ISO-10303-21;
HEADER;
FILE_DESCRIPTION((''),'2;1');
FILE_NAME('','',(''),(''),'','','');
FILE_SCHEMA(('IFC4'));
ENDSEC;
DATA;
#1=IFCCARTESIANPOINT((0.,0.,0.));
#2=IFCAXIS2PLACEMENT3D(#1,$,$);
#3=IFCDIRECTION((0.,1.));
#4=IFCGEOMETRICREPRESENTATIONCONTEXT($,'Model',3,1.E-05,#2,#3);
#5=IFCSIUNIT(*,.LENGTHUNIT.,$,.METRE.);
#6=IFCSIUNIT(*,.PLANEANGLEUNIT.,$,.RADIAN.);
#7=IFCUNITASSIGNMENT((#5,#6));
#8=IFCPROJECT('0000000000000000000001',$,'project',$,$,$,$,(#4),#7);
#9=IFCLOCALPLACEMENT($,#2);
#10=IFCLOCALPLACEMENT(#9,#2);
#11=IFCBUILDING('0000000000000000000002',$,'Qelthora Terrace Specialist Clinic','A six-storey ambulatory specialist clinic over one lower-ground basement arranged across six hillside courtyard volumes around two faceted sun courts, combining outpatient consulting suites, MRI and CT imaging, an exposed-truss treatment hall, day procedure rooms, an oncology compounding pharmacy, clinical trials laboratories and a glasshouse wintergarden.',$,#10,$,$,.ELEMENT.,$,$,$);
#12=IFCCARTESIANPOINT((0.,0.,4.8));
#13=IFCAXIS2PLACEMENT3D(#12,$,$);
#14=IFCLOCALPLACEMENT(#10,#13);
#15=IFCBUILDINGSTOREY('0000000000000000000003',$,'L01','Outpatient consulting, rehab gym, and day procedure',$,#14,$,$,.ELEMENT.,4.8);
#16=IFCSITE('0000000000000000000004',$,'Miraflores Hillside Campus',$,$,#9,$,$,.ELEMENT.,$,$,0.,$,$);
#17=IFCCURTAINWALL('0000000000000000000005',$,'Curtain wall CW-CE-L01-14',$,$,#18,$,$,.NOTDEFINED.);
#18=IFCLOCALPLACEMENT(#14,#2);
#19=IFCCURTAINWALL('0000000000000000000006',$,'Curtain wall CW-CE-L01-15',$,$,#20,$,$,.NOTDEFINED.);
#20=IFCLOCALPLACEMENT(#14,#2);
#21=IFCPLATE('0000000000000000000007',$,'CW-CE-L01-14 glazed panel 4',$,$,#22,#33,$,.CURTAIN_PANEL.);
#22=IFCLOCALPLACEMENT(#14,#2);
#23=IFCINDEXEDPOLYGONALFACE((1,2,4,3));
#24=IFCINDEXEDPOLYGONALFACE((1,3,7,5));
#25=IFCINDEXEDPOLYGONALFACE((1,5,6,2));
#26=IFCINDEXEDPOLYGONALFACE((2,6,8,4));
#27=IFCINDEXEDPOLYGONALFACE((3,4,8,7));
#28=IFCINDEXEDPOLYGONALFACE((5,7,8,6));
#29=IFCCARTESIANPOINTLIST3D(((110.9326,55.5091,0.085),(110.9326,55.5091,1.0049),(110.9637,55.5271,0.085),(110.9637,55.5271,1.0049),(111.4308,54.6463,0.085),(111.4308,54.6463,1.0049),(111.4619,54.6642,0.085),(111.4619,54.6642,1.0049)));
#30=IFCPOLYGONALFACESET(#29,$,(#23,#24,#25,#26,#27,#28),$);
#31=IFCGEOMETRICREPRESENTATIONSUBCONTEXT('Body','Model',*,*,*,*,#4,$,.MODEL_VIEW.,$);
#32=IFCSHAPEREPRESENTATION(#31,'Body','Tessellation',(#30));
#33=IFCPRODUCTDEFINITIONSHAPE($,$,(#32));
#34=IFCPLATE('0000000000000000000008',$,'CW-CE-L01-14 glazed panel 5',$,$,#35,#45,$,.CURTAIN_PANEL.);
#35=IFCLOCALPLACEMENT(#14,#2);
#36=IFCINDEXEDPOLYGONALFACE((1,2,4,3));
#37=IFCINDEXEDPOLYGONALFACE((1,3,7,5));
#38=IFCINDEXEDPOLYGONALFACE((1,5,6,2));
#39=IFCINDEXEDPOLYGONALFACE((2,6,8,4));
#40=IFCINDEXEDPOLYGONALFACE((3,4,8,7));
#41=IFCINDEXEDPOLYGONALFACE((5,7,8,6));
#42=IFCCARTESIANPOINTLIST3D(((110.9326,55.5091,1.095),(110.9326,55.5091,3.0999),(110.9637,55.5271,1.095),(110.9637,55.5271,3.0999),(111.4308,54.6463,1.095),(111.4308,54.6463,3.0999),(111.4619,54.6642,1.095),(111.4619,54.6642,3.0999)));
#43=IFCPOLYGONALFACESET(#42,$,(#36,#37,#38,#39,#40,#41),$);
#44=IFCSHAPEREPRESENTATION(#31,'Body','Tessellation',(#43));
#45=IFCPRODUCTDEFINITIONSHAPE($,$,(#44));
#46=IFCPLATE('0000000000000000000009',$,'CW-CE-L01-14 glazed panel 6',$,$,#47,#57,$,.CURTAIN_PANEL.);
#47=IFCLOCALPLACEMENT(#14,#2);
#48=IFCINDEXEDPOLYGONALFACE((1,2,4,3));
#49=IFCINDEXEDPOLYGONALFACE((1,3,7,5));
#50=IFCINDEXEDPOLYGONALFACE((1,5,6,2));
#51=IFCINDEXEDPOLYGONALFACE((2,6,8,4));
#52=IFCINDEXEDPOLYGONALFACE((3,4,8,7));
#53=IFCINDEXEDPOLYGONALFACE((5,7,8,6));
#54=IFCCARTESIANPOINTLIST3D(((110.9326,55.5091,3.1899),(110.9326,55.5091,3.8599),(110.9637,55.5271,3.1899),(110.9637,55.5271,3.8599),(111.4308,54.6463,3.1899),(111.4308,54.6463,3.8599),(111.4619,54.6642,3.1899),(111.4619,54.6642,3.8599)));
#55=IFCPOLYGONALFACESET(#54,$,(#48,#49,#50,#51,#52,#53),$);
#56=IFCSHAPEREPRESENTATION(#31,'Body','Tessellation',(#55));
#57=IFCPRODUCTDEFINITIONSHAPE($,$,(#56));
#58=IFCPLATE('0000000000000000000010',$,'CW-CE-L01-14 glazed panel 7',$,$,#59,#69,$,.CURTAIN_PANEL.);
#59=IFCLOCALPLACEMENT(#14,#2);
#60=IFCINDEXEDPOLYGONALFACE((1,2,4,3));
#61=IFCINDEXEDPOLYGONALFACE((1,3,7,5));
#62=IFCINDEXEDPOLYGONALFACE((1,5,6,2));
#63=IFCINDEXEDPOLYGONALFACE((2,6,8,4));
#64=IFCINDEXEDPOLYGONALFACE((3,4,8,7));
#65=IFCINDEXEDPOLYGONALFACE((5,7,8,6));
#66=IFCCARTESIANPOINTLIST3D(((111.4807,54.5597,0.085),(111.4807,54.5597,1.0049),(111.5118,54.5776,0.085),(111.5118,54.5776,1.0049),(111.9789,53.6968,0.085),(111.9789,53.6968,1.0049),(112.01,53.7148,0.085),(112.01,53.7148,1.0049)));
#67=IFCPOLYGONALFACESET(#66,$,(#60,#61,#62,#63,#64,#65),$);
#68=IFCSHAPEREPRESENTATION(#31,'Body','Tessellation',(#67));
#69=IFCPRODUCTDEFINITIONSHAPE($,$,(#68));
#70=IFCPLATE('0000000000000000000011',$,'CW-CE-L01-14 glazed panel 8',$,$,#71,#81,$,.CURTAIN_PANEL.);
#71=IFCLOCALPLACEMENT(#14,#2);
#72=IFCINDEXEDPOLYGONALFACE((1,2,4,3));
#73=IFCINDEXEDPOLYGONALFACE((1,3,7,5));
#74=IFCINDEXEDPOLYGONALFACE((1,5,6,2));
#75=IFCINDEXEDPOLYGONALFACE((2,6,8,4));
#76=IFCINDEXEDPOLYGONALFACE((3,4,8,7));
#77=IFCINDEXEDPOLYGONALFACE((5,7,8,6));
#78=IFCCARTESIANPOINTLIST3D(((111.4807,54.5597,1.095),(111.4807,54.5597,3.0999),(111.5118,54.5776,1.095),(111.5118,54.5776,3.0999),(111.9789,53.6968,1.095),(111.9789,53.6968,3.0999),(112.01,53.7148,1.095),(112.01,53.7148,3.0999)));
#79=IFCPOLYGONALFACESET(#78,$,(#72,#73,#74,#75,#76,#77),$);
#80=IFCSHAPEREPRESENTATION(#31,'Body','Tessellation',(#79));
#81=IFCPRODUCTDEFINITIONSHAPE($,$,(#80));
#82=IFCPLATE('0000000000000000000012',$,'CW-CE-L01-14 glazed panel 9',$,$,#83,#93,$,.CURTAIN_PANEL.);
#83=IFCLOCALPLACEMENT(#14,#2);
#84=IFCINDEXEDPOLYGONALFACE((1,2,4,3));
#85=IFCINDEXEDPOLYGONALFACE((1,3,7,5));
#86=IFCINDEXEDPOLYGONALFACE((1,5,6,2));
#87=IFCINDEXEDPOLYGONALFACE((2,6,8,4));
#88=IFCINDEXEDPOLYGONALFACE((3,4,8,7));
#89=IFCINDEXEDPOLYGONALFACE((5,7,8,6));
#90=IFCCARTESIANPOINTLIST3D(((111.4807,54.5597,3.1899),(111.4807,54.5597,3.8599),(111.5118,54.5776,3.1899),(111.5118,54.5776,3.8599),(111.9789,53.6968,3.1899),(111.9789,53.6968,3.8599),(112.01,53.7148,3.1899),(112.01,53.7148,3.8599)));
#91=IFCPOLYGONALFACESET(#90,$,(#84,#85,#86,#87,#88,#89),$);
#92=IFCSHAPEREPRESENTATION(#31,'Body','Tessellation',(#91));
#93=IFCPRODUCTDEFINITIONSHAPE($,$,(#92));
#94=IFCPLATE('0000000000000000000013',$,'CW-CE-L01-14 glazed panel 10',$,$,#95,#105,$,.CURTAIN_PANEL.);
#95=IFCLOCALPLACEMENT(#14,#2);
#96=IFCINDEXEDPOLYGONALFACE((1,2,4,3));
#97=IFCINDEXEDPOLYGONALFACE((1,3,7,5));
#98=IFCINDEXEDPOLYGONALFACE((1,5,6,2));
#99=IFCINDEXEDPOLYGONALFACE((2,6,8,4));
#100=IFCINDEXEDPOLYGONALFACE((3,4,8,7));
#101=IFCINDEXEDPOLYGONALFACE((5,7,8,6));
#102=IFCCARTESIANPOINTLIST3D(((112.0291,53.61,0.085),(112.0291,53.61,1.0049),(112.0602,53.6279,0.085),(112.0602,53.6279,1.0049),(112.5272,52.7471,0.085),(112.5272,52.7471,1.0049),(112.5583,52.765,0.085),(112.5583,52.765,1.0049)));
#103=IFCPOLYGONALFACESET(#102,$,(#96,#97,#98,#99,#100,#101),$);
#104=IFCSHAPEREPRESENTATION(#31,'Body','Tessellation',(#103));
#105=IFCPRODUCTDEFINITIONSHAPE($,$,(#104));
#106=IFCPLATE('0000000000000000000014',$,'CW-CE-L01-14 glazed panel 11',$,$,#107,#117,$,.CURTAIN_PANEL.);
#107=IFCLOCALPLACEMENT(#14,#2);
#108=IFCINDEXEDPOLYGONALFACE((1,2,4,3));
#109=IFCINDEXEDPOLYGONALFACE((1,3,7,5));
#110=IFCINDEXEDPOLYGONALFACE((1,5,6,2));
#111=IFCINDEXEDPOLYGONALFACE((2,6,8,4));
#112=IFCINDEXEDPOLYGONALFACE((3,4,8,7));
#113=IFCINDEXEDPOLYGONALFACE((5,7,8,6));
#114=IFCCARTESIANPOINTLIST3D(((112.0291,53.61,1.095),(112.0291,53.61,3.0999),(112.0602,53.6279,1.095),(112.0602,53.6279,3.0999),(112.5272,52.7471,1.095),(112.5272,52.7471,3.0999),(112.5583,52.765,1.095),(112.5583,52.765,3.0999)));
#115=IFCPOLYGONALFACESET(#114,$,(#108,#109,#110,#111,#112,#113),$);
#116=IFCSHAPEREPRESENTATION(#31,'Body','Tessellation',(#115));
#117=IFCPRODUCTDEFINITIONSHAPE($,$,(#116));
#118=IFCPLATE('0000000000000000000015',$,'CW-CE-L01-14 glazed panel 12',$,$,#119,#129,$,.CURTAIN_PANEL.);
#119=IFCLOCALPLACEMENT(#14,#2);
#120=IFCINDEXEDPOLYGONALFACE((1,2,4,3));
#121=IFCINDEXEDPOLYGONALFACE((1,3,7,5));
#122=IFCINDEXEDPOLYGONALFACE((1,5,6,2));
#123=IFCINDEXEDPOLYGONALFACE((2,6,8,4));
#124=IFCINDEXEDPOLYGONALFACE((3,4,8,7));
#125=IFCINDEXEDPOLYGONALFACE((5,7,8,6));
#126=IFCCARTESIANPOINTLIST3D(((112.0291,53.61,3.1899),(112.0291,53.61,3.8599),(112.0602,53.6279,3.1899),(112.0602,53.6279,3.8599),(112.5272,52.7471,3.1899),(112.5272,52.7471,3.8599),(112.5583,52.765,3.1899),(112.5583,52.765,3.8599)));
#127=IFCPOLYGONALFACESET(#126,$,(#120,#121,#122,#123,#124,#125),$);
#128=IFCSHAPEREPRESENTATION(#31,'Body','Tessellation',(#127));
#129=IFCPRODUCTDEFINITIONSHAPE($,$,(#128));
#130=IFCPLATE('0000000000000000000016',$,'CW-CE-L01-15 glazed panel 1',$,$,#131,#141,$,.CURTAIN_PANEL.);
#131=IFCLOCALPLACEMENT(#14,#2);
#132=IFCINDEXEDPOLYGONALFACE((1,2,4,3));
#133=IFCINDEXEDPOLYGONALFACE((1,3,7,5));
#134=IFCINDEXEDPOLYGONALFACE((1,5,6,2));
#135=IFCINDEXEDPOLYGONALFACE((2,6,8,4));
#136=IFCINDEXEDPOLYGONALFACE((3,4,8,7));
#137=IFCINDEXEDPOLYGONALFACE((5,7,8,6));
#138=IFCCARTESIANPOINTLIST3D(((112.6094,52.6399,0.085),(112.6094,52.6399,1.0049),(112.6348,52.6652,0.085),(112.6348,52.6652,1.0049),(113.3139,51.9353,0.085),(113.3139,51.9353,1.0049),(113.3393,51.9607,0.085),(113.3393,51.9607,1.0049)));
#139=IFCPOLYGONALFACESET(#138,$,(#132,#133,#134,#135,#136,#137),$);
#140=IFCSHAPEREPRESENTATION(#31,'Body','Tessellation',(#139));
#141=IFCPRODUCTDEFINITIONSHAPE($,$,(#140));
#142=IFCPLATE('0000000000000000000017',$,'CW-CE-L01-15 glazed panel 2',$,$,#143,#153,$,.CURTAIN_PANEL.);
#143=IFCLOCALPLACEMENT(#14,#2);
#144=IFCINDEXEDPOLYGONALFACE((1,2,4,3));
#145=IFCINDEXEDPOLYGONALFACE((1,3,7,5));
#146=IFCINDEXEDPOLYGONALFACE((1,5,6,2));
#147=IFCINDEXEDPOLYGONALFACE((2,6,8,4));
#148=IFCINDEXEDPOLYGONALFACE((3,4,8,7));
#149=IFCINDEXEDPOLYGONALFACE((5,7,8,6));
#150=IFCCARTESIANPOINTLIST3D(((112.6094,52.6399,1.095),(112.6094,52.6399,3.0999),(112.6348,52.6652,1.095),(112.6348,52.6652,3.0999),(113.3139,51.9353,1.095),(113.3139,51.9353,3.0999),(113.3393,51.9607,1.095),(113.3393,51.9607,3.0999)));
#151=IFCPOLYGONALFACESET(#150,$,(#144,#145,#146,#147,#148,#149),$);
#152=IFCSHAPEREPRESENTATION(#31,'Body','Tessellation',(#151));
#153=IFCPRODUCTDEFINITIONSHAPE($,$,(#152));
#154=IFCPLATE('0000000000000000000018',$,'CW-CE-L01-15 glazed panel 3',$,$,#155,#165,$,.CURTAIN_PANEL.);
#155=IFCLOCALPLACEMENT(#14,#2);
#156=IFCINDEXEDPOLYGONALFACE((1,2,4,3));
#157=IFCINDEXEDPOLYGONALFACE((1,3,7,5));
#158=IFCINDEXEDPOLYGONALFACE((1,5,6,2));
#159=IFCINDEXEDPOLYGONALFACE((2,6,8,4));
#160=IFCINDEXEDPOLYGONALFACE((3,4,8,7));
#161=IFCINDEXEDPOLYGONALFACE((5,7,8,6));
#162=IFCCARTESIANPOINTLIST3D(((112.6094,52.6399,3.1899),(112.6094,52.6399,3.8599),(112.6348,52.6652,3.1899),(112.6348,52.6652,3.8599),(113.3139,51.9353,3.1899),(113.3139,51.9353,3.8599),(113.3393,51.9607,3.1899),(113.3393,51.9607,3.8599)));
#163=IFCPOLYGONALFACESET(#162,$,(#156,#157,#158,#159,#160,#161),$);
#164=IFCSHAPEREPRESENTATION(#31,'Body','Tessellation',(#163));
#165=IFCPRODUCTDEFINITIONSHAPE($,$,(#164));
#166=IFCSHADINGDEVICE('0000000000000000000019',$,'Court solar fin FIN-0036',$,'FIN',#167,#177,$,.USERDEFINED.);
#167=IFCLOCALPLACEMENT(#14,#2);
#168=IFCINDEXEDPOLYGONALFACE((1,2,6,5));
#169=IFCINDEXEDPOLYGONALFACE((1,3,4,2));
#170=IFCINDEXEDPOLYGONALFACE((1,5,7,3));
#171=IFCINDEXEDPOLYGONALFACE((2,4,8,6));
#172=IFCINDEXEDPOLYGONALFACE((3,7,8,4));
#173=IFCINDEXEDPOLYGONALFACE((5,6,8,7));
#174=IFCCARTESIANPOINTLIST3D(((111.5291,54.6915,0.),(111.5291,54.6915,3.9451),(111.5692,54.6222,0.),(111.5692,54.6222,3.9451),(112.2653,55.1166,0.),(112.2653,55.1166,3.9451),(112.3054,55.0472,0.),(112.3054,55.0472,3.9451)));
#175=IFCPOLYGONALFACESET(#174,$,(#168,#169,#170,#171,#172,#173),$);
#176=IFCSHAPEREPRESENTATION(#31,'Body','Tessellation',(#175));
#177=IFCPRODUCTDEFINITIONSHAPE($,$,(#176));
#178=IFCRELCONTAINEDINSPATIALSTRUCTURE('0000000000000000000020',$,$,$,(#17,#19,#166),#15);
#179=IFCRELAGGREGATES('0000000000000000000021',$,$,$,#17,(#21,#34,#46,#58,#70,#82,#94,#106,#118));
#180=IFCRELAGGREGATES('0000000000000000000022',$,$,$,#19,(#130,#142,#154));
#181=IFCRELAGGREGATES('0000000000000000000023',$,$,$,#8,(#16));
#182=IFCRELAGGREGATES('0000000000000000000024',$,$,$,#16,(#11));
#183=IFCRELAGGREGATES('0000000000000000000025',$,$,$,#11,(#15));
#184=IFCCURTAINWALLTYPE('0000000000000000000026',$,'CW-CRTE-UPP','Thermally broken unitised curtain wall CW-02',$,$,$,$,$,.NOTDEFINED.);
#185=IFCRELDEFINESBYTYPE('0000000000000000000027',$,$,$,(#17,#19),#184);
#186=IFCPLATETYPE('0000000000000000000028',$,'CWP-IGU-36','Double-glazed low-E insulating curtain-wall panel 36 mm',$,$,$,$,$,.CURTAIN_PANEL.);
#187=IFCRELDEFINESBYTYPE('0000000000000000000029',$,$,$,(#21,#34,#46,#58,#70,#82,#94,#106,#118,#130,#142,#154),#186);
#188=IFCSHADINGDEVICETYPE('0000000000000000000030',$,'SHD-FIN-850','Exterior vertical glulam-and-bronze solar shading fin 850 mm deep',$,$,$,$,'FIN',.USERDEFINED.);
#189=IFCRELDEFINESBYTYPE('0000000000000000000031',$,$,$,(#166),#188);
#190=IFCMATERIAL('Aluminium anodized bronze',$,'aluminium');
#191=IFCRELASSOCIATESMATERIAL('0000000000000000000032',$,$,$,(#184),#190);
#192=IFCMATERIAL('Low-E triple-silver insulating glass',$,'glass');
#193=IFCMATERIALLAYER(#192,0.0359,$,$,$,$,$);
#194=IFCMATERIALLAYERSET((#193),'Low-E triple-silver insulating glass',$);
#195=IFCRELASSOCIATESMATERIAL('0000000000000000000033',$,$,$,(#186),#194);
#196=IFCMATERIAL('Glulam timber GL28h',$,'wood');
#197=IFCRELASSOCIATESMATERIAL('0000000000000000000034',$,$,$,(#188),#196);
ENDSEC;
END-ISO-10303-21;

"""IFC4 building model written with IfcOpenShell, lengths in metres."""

from ifc_helpers import new_model, si_unit, direction, frame, origin, origin_2d, place, context, subcontext, project, spatial, rectangle, extrude, material, layer, layer_set, type_object, element, aggregate, save


model = new_model("IFC4")

# Units and contexts
model_context = context("Model", 3, precision=1e-05, world=origin(), true_north=direction((0.0, 1.0)))
body_context = subcontext(model_context, "Body", "Model", "MODEL_VIEW")
ifc_project = project(units=[si_unit("LENGTHUNIT", "METRE"), si_unit("PLANEANGLEUNIT", "RADIAN")], contexts=[model_context])

# Site, building, storey
site_placement = place(None, origin())
site = spatial("IfcSite", under=ifc_project, at=site_placement, Name="Miraflores Hillside Campus", CompositionType="ELEMENT", RefElevation=0.0)
building_placement = place(site_placement, origin())
building = spatial("IfcBuilding", under=site, at=building_placement, Name="Qelthora Terrace Specialist Clinic", Description="A six-storey ambulatory specialist clinic over one lower-ground basement arranged across six hillside courtyard volumes around two faceted sun courts, combining outpatient consulting suites, MRI and CT imaging, an exposed-truss treatment hall, day procedure rooms, an oncology compounding pharmacy, clinical trials laboratories and a glasshouse wintergarden.", CompositionType="ELEMENT")
storey_placement = place(building_placement, frame((0.0, 0.0, 4.8)))
storey = spatial("IfcBuildingStorey", under=building, at=storey_placement, Name="L01", Description="Outpatient consulting, rehab gym, and day procedure", CompositionType="ELEMENT", Elevation=4.8)

# Curtain wall
ifc_material_1 = material(Name="Aluminium anodized bronze", Category="aluminium")
curtain_wall_type = type_object("IfcCurtainWallType", Name="CW-CRTE-UPP", Description="Thermally broken unitised curtain wall CW-02", PredefinedType="NOTDEFINED", material=ifc_material_1)
curtain_wall_1_placement = place(storey_placement, origin())
curtain_wall_1 = element("IfcCurtainWall", 1, at=curtain_wall_1_placement, inside=storey, type_object=curtain_wall_type, Name="Curtain wall CW-CE-L01-14", PredefinedType="NOTDEFINED")

# Curtain wall
curtain_wall_2_placement = place(storey_placement, origin())
curtain_wall_2 = element("IfcCurtainWall", 2, at=curtain_wall_2_placement, inside=storey, type_object=curtain_wall_type, Name="Curtain wall CW-CE-L01-15", PredefinedType="NOTDEFINED")

# Plates
ifc_material_2 = material(Name="Low-E triple-silver insulating glass", Category="glass")
ifc_layer = layer(ifc_material_2, 0.0359)
ifc_layer_set = layer_set([ifc_layer], Name="Low-E triple-silver insulating glass")
plate_type = type_object("IfcPlateType", Name="CWP-IGU-36", Description="Double-glazed low-E insulating curtain-wall panel 36 mm", PredefinedType="CURTAIN_PANEL", material=ifc_layer_set)
plate_1_placement = place(storey_placement, frame((111.1973, 55.0867, 0.085), z_axis=(0.0, 0.0, 1.0), x_axis=(0.5, -0.866025, 0.0)))
plate_1 = element("IfcPlate", 3, at=plate_1_placement, type_object=plate_type, Name="CW-CE-L01-14 glazed panel 4", PredefinedType="CURTAIN_PANEL", context=body_context, shape_type="SweptSolid", body=[
    extrude(rectangle(XDim=0.9963, YDim=0.0359, at=origin_2d()), origin(), (0.0, 0.0, 1.0), 0.9199),
])
plate_2_placement = place(storey_placement, frame((111.1973, 55.0867, 1.095), z_axis=(0.0, 0.0, 1.0), x_axis=(0.5, -0.866025, 0.0)))
plate_2 = element("IfcPlate", 4, at=plate_2_placement, type_object=plate_type, Name="CW-CE-L01-14 glazed panel 5", PredefinedType="CURTAIN_PANEL", context=body_context, shape_type="SweptSolid", body=[
    extrude(rectangle(XDim=0.9963, YDim=0.0359, at=origin_2d()), origin(), (0.0, 0.0, 1.0), 2.0049),
])
plate_3_placement = place(storey_placement, frame((111.1973, 55.0867, 3.1899), z_axis=(0.0, 0.0, 1.0), x_axis=(0.5, -0.866025, 0.0)))
plate_3 = element("IfcPlate", 5, at=plate_3_placement, type_object=plate_type, Name="CW-CE-L01-14 glazed panel 6", PredefinedType="CURTAIN_PANEL", context=body_context, shape_type="SweptSolid", body=[
    extrude(rectangle(XDim=0.9963, YDim=0.0359, at=origin_2d()), origin(), (0.0, 0.0, 1.0), 0.6699),
])
plate_4_placement = place(storey_placement, frame((111.7454, 54.1372, 0.085), z_axis=(0.0, 0.0, 1.0), x_axis=(0.5, -0.866025, 0.0)))
plate_4 = element("IfcPlate", 6, at=plate_4_placement, type_object=plate_type, Name="CW-CE-L01-14 glazed panel 7", PredefinedType="CURTAIN_PANEL", context=body_context, shape_type="SweptSolid", body=[
    extrude(rectangle(XDim=0.9963, YDim=0.0359, at=origin_2d()), origin(), (0.0, 0.0, 1.0), 0.9199),
])
plate_5_placement = place(storey_placement, frame((111.7454, 54.1372, 1.095), z_axis=(0.0, 0.0, 1.0), x_axis=(0.5, -0.866025, 0.0)))
plate_5 = element("IfcPlate", 7, at=plate_5_placement, type_object=plate_type, Name="CW-CE-L01-14 glazed panel 8", PredefinedType="CURTAIN_PANEL", context=body_context, shape_type="SweptSolid", body=[
    extrude(rectangle(XDim=0.9963, YDim=0.0359, at=origin_2d()), origin(), (0.0, 0.0, 1.0), 2.0049),
])
plate_6_placement = place(storey_placement, frame((111.7454, 54.1372, 3.1899), z_axis=(0.0, 0.0, 1.0), x_axis=(0.5, -0.866025, 0.0)))
plate_6 = element("IfcPlate", 8, at=plate_6_placement, type_object=plate_type, Name="CW-CE-L01-14 glazed panel 9", PredefinedType="CURTAIN_PANEL", context=body_context, shape_type="SweptSolid", body=[
    extrude(rectangle(XDim=0.9963, YDim=0.0359, at=origin_2d()), origin(), (0.0, 0.0, 1.0), 0.6699),
])
plate_7_placement = place(storey_placement, frame((112.2937, 53.1875, 0.085), z_axis=(0.0, 0.0, 1.0), x_axis=(0.5, -0.866025, 0.0)))
plate_7 = element("IfcPlate", 9, at=plate_7_placement, type_object=plate_type, Name="CW-CE-L01-14 glazed panel 10", PredefinedType="CURTAIN_PANEL", context=body_context, shape_type="SweptSolid", body=[
    extrude(rectangle(XDim=0.9963, YDim=0.0359, at=origin_2d()), origin(), (0.0, 0.0, 1.0), 0.9199),
])
plate_8_placement = place(storey_placement, frame((112.2937, 53.1875, 1.095), z_axis=(0.0, 0.0, 1.0), x_axis=(0.5, -0.866025, 0.0)))
plate_8 = element("IfcPlate", 10, at=plate_8_placement, type_object=plate_type, Name="CW-CE-L01-14 glazed panel 11", PredefinedType="CURTAIN_PANEL", context=body_context, shape_type="SweptSolid", body=[
    extrude(rectangle(XDim=0.9963, YDim=0.0359, at=origin_2d()), origin(), (0.0, 0.0, 1.0), 2.0049),
])
plate_9_placement = place(storey_placement, frame((112.2937, 53.1875, 3.1899), z_axis=(0.0, 0.0, 1.0), x_axis=(0.5, -0.866025, 0.0)))
plate_9 = element("IfcPlate", 11, at=plate_9_placement, type_object=plate_type, Name="CW-CE-L01-14 glazed panel 12", PredefinedType="CURTAIN_PANEL", context=body_context, shape_type="SweptSolid", body=[
    extrude(rectangle(XDim=0.9963, YDim=0.0359, at=origin_2d()), origin(), (0.0, 0.0, 1.0), 0.6699),
])
aggregate(curtain_wall_1, [plate_1, plate_2, plate_3, plate_4, plate_5, plate_6, plate_7, plate_8, plate_9])
plate_10_placement = place(storey_placement, frame((112.9744, 52.3003, 0.085), z_axis=(0.0, 0.0, 1.0), x_axis=(0.707107, -0.707107, 0.0)))
plate_10 = element("IfcPlate", 12, at=plate_10_placement, type_object=plate_type, Name="CW-CE-L01-15 glazed panel 1", PredefinedType="CURTAIN_PANEL", context=body_context, shape_type="SweptSolid", body=[
    extrude(rectangle(XDim=0.9963, YDim=0.0359, at=origin_2d()), origin(), (0.0, 0.0, 1.0), 0.9199),
])
plate_11_placement = place(storey_placement, frame((112.9744, 52.3003, 1.095), z_axis=(0.0, 0.0, 1.0), x_axis=(0.707107, -0.707107, 0.0)))
plate_11 = element("IfcPlate", 13, at=plate_11_placement, type_object=plate_type, Name="CW-CE-L01-15 glazed panel 2", PredefinedType="CURTAIN_PANEL", context=body_context, shape_type="SweptSolid", body=[
    extrude(rectangle(XDim=0.9963, YDim=0.0359, at=origin_2d()), origin(), (0.0, 0.0, 1.0), 2.0049),
])
plate_12_placement = place(storey_placement, frame((112.9744, 52.3003, 3.1899), z_axis=(0.0, 0.0, 1.0), x_axis=(0.707107, -0.707107, 0.0)))
plate_12 = element("IfcPlate", 14, at=plate_12_placement, type_object=plate_type, Name="CW-CE-L01-15 glazed panel 3", PredefinedType="CURTAIN_PANEL", context=body_context, shape_type="SweptSolid", body=[
    extrude(rectangle(XDim=0.9963, YDim=0.0359, at=origin_2d()), origin(), (0.0, 0.0, 1.0), 0.6699),
])
aggregate(curtain_wall_2, [plate_10, plate_11, plate_12])

# Shading device
ifc_material_3 = material(Name="Glulam timber GL28h", Category="wood")
shading_device_type = type_object("IfcShadingDeviceType", Name="SHD-FIN-850", Description="Exterior vertical glulam-and-bronze solar shading fin 850 mm deep", ElementType="FIN", PredefinedType="USERDEFINED", material=ifc_material_3)
shading_device_placement = place(storey_placement, frame((111.9172, 54.8694, 0.0), z_axis=(0.0, 0.0, 1.0), x_axis=(0.866025, 0.5, 0.0)))
element("IfcShadingDevice", 15, at=shading_device_placement, inside=storey, type_object=shading_device_type, Name="Court solar fin FIN-0036", ObjectType="FIN", PredefinedType="USERDEFINED", context=body_context, shape_type="SweptSolid", body=[
    extrude(rectangle(XDim=0.8501, YDim=0.0801, at=origin_2d()), origin(), (0.0, 0.0, 1.0), 3.9451),
])

save(model, "model.ifc")
